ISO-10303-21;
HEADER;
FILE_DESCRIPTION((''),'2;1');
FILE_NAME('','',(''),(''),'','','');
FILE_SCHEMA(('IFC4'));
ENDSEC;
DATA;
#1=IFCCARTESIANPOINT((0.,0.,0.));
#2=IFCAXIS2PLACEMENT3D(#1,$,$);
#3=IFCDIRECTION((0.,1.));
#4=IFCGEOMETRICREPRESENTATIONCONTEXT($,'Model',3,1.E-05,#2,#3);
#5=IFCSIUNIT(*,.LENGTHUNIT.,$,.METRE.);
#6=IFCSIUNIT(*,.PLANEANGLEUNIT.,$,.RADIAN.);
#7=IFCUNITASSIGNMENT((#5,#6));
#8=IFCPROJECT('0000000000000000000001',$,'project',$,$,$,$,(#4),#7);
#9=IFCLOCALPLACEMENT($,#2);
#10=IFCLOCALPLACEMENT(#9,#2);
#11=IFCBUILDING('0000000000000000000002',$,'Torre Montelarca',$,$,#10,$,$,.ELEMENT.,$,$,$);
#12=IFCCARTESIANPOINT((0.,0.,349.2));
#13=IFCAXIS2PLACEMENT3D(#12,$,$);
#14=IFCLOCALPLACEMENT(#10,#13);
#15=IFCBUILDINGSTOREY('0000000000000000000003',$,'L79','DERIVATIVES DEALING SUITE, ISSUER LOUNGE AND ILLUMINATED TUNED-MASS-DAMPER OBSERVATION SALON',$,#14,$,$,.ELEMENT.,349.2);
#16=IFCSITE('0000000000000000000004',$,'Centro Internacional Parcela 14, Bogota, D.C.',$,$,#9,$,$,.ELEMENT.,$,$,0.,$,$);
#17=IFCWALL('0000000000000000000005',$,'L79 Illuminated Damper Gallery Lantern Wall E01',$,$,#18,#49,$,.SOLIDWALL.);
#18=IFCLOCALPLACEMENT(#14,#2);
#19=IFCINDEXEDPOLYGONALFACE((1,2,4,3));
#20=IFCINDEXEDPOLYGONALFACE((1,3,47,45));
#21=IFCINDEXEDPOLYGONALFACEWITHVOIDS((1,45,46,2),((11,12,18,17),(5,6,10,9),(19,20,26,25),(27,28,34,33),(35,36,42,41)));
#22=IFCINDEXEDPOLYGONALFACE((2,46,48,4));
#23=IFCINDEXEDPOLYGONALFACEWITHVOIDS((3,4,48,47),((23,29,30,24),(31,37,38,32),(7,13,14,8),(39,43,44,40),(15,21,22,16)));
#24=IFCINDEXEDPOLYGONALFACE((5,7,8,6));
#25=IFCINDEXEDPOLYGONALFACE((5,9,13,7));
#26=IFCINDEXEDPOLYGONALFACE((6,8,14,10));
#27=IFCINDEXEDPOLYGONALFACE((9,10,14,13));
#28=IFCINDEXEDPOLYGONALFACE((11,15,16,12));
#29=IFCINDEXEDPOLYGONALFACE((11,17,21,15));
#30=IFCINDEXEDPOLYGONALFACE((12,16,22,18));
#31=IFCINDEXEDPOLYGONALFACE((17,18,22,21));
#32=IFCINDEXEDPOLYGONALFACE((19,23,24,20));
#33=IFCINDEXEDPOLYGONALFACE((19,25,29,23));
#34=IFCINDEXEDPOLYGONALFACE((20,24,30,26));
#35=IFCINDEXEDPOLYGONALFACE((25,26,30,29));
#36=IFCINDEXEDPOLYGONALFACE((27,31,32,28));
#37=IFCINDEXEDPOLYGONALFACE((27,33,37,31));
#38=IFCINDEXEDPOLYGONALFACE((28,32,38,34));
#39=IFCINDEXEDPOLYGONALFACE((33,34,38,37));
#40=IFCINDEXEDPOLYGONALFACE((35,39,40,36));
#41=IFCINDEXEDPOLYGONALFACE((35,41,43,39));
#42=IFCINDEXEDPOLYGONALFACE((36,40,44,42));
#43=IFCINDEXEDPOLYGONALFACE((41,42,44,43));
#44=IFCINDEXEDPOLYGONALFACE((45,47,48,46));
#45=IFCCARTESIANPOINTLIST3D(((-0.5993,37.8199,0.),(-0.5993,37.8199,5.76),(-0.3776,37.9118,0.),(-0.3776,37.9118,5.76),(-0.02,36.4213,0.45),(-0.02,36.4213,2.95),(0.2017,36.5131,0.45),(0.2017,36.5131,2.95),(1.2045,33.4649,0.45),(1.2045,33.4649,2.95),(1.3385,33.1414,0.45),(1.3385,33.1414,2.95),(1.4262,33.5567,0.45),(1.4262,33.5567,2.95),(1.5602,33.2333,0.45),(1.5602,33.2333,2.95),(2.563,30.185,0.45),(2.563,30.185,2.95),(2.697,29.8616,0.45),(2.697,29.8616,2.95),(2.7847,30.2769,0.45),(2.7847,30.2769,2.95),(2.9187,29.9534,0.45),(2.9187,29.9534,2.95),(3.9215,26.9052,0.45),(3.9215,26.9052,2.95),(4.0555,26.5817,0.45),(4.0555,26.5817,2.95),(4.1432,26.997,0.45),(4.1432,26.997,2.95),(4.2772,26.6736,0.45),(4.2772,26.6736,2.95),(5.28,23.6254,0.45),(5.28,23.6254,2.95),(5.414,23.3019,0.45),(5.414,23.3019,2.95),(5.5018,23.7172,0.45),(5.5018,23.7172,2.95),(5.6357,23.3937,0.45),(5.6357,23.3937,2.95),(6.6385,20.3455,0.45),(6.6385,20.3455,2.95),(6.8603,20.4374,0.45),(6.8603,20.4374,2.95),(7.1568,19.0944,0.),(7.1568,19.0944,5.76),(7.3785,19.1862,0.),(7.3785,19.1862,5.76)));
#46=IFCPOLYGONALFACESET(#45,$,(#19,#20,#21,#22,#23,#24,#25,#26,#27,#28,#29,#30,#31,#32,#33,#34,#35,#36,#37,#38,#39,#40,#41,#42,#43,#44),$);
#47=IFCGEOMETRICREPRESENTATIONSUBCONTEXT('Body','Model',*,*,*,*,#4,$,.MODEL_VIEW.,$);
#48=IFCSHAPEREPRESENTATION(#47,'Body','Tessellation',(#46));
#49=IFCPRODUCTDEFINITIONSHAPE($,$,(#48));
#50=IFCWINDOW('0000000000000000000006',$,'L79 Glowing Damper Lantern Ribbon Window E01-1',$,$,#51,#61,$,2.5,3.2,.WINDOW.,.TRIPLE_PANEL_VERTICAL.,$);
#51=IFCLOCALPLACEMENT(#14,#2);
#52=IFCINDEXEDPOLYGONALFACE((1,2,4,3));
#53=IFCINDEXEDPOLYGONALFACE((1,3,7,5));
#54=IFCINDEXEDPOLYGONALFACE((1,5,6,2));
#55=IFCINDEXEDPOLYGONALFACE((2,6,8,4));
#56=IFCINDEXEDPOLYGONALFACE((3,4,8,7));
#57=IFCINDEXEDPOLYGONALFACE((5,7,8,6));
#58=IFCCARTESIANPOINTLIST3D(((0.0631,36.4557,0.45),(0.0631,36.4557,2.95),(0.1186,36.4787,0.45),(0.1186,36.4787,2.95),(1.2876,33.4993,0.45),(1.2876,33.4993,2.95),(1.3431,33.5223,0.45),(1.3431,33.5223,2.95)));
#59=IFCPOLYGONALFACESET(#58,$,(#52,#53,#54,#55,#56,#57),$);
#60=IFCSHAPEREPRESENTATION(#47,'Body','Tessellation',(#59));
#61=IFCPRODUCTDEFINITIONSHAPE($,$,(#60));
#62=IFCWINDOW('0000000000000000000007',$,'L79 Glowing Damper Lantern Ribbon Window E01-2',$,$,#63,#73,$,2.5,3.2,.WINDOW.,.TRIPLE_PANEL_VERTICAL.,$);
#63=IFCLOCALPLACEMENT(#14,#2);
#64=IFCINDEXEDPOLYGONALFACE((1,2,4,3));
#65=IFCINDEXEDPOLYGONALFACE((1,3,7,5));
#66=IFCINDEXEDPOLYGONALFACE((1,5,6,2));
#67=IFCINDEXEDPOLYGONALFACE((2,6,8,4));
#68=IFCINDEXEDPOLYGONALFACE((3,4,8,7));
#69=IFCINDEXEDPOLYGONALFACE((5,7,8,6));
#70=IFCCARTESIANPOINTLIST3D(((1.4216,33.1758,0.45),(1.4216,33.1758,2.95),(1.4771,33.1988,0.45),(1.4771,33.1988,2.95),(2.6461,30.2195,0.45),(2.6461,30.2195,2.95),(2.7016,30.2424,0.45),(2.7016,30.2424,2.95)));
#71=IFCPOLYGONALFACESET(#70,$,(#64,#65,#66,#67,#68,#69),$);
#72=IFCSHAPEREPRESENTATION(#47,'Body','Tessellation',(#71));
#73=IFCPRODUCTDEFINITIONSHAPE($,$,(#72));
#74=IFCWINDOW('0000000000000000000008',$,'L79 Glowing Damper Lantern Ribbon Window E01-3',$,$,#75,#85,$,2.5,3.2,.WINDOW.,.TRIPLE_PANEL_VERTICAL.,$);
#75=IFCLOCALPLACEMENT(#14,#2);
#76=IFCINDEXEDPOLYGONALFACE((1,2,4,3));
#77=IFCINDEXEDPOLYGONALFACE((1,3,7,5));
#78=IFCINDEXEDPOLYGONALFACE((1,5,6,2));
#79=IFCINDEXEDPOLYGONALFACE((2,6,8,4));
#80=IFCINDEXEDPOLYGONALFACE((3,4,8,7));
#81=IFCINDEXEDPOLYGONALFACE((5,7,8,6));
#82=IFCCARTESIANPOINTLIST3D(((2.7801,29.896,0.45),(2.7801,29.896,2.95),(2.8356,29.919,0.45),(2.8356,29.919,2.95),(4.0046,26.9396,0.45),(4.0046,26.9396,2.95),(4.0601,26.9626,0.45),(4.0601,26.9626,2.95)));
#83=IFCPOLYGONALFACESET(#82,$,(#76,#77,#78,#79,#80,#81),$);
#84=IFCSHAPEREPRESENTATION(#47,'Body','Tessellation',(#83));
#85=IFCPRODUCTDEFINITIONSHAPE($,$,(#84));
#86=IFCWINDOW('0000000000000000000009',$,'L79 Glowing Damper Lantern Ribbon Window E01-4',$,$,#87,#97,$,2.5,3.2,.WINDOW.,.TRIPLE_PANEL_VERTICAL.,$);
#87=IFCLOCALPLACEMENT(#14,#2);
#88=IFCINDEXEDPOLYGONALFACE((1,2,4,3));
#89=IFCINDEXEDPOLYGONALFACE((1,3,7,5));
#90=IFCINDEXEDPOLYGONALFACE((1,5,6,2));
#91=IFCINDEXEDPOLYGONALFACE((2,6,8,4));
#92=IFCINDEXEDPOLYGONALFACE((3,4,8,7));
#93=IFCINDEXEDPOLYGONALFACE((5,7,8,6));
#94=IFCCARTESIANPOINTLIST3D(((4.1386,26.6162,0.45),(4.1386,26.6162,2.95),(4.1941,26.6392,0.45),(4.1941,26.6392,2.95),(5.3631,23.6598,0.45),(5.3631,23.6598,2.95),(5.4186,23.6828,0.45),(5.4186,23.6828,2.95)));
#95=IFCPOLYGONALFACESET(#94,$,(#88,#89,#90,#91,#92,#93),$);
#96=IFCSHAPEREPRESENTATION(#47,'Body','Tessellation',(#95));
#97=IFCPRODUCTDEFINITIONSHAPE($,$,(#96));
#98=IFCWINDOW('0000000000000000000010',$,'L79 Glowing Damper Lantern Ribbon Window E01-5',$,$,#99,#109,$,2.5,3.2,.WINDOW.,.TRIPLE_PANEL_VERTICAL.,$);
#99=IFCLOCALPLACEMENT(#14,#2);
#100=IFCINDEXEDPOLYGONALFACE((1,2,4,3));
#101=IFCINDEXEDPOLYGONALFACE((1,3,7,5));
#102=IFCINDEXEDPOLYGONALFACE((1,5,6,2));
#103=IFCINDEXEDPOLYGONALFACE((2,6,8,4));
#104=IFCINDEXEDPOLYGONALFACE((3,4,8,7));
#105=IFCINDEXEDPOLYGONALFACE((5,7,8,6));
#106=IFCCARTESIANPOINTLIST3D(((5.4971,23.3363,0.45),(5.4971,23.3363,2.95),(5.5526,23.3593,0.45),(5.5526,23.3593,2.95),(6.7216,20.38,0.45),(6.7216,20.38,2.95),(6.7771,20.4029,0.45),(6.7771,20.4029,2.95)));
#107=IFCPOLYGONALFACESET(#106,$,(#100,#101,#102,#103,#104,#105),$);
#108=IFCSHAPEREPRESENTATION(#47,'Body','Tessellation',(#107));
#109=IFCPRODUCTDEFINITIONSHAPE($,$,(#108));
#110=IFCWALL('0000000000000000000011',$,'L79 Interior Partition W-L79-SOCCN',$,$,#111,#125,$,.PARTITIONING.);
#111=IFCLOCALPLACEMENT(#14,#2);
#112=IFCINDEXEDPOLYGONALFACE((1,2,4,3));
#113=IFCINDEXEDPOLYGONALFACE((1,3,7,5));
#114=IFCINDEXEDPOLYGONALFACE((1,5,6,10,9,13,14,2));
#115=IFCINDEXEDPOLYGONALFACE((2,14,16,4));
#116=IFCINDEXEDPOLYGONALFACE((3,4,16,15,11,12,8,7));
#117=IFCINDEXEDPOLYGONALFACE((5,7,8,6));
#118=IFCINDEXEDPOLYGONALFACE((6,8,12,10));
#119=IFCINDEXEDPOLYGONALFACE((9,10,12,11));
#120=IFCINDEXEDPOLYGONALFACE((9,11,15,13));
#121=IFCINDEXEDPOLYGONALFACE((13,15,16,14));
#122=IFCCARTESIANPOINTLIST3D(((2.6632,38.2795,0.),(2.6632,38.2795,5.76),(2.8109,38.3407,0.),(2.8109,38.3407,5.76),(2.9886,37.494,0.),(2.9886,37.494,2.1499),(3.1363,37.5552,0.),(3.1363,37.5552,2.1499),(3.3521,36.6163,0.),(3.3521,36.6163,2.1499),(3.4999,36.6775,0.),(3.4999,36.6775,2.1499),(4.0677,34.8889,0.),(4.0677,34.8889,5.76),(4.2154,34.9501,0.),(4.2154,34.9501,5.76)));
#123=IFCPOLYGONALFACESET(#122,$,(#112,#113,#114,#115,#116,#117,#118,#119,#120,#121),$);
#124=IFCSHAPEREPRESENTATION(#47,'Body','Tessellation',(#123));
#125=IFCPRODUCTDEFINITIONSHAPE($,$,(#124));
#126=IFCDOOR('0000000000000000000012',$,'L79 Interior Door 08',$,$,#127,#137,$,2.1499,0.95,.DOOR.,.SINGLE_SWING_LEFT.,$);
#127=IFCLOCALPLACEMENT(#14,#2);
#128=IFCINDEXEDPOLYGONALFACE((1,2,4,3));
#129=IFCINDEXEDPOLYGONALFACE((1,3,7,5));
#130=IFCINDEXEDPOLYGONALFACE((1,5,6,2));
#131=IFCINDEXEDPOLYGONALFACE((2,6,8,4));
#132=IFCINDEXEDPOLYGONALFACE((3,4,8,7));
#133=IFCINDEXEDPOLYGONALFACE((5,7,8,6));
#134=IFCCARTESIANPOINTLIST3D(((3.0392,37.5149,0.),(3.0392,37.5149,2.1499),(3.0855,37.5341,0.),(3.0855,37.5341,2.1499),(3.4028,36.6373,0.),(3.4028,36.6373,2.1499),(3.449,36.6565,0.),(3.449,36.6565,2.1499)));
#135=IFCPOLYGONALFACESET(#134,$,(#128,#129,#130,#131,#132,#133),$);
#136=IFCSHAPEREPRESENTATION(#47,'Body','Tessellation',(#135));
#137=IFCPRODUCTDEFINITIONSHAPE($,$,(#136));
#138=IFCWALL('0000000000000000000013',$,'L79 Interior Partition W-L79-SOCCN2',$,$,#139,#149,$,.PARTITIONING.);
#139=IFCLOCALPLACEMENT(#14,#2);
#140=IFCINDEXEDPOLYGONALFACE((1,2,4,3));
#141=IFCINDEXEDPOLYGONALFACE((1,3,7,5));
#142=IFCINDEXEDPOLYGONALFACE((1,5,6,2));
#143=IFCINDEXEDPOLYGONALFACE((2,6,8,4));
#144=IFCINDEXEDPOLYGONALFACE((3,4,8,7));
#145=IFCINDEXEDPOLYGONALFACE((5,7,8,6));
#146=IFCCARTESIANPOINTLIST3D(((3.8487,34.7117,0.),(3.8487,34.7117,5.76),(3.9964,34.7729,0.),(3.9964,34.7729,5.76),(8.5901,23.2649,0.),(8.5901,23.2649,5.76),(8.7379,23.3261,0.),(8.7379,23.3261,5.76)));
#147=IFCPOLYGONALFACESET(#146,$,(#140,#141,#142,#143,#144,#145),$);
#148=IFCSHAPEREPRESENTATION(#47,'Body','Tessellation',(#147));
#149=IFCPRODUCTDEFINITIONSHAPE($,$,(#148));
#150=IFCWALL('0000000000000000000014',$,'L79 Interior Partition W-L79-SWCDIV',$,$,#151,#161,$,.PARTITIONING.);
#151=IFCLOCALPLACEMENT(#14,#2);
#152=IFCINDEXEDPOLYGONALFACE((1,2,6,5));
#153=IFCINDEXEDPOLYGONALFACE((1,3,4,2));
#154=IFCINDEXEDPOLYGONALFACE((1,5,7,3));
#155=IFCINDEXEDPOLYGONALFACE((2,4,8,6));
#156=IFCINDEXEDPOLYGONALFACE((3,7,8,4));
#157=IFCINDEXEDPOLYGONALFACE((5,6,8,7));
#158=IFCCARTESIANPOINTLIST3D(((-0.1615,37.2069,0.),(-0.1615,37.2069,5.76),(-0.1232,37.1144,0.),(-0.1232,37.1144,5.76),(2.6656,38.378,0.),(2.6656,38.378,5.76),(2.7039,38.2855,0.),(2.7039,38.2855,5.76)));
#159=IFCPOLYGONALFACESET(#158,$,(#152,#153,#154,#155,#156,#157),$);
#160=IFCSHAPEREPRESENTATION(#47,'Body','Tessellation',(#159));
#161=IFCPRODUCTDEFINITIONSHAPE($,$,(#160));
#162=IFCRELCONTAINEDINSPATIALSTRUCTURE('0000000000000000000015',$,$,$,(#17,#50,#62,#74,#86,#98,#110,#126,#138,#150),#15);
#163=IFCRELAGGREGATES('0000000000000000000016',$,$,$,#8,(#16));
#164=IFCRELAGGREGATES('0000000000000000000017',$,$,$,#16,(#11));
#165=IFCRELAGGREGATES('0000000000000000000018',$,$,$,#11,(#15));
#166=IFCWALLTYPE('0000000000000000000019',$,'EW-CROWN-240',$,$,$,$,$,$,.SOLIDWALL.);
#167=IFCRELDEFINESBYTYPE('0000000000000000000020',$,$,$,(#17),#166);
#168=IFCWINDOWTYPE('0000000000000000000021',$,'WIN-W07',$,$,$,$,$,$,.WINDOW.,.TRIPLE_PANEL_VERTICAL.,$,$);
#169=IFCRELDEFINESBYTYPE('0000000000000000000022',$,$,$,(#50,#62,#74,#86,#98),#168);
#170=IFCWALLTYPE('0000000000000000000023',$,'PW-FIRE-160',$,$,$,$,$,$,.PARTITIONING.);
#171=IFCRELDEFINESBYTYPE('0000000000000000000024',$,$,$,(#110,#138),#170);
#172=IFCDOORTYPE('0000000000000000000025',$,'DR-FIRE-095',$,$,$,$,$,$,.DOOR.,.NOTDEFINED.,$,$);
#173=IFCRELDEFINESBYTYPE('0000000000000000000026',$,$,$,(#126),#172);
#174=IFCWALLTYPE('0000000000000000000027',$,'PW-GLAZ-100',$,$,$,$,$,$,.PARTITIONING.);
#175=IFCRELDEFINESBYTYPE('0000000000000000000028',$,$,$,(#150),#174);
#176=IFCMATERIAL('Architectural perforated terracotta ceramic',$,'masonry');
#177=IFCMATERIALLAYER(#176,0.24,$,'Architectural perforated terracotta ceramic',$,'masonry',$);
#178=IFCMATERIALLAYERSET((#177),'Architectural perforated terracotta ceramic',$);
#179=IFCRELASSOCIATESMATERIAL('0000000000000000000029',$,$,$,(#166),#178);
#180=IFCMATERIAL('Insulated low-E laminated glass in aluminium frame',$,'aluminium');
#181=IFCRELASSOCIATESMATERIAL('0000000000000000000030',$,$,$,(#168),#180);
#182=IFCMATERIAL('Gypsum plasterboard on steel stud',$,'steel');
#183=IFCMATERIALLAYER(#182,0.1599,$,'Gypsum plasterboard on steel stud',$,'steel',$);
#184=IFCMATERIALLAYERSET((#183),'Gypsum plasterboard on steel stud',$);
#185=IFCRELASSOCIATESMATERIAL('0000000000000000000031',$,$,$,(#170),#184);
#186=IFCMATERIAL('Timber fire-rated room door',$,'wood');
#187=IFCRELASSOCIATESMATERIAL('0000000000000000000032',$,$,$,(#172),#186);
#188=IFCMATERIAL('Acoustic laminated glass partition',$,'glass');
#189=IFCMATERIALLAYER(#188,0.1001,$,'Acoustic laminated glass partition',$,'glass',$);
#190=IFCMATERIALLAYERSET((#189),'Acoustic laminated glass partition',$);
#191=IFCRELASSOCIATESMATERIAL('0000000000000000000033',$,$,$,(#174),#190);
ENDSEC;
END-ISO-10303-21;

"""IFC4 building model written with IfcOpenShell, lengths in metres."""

from ifc_helpers import new_model, si_unit, direction, frame, frame_2d, origin, place, context, subcontext, project, spatial, rectangle, extrude, source, transform, mapped, material, layer, layer_set, type_object, element, fill, save


model = new_model("IFC4")

# Units and contexts
model_context = context("Model", 3, precision=1e-05, world=origin(), true_north=direction((0.0, 1.0)))
body_context = subcontext(model_context, "Body", "Model", "MODEL_VIEW")
ifc_project = project(units=[si_unit("LENGTHUNIT", "METRE"), si_unit("PLANEANGLEUNIT", "RADIAN")], contexts=[model_context])

# Site, building, storey
site_placement = place(None, origin())
site = spatial("IfcSite", under=ifc_project, at=site_placement, Name="Centro Internacional Parcela 14, Bogota, D.C.", CompositionType="ELEMENT", RefElevation=0.0)
building_placement = place(site_placement, origin())
building = spatial("IfcBuilding", under=site, at=building_placement, Name="Torre Montelarca", CompositionType="ELEMENT")
storey_placement = place(building_placement, frame((0.0, 0.0, 349.2)))
storey = spatial("IfcBuildingStorey", under=building, at=storey_placement, Name="L79", Description="DERIVATIVES DEALING SUITE, ISSUER LOUNGE AND ILLUMINATED TUNED-MASS-DAMPER OBSERVATION SALON", CompositionType="ELEMENT", Elevation=349.2)

# Wall, openings, windows
ifc_material_1 = material(Name="Architectural perforated terracotta ceramic", Category="masonry")
ifc_layer_1 = layer(ifc_material_1, 0.24, Name="Architectural perforated terracotta ceramic", Category="masonry")
ifc_layer_set_1 = layer_set([ifc_layer_1], Name="Architectural perforated terracotta ceramic")
wall_type_1 = type_object("IfcWallType", Name="EW-CROWN-240", PredefinedType="SOLIDWALL", material=ifc_layer_set_1)
wall_1_placement = place(storey_placement, frame((-0.4885, 37.866, 0.0), z_axis=(0.0, 0.0, 1.0), x_axis=(0.382671, -0.923885, 0.0)))
wall_1 = element("IfcWall", 1, at=wall_1_placement, inside=storey, type_object=wall_type_1, Name="L79 Illuminated Damper Gallery Lantern Wall E01", PredefinedType="SOLIDWALL", context=body_context, shape_type="SweptSolid", body=[
    extrude(rectangle(XDim=20.2683, YDim=0.24, at=frame_2d((10.1343, 0.0))), origin(), (0.0, 0.0, 1.0), 5.76),
])
opening_1_placement = place(wall_1_placement, frame((1.5139, 0.0, 0.45)))
opening_1 = element("IfcOpeningElement", 2, at=opening_1_placement, cuts=wall_1, PredefinedType="OPENING", context=body_context, shape_type="SweptSolid", body=[
    extrude(rectangle(XDim=3.2, YDim=2.5, at=frame_2d((1.6001, 1.25))), frame((0.0, 0.1299, 0.0), z_axis=(0.0, -1.0, 0.0), x_axis=(1.0, 0.0, 0.0)), (0.0, 0.0, 1.0), 0.26),
])
opening_2_placement = place(wall_1_placement, frame((5.064, 0.0, 0.45)))
opening_2 = element("IfcOpeningElement", 3, at=opening_2_placement, cuts=wall_1, PredefinedType="OPENING", context=body_context, shape_type="SweptSolid", body=[
    extrude(rectangle(XDim=3.2, YDim=2.5, at=frame_2d((1.6001, 1.25))), frame((0.0, 0.1299, 0.0), z_axis=(0.0, -1.0, 0.0), x_axis=(1.0, 0.0, 0.0)), (0.0, 0.0, 1.0), 0.26),
])
opening_3_placement = place(wall_1_placement, frame((8.614, 0.0, 0.45)))
opening_3 = element("IfcOpeningElement", 4, at=opening_3_placement, cuts=wall_1, PredefinedType="OPENING", context=body_context, shape_type="SweptSolid", body=[
    extrude(rectangle(XDim=3.2, YDim=2.5, at=frame_2d((1.6001, 1.25))), frame((0.0, 0.1299, 0.0), z_axis=(0.0, -1.0, 0.0), x_axis=(1.0, 0.0, 0.0)), (0.0, 0.0, 1.0), 0.26),
])
opening_4_placement = place(wall_1_placement, frame((12.1641, 0.0, 0.45)))
opening_4 = element("IfcOpeningElement", 5, at=opening_4_placement, cuts=wall_1, PredefinedType="OPENING", context=body_context, shape_type="SweptSolid", body=[
    extrude(rectangle(XDim=3.2, YDim=2.5, at=frame_2d((1.6001, 1.25))), frame((0.0, 0.1299, 0.0), z_axis=(0.0, -1.0, 0.0), x_axis=(1.0, 0.0, 0.0)), (0.0, 0.0, 1.0), 0.26),
])
opening_5_placement = place(wall_1_placement, frame((15.7141, 0.0, 0.45)))
opening_5 = element("IfcOpeningElement", 6, at=opening_5_placement, cuts=wall_1, PredefinedType="OPENING", context=body_context, shape_type="SweptSolid", body=[
    extrude(rectangle(XDim=3.2, YDim=2.5, at=frame_2d((1.6001, 1.25))), frame((0.0, 0.1299, 0.0), z_axis=(0.0, -1.0, 0.0), x_axis=(1.0, 0.0, 0.0)), (0.0, 0.0, 1.0), 0.26),
])
ifc_material_2 = material(Name="Insulated low-E laminated glass in aluminium frame", Category="aluminium")
window_type = type_object("IfcWindowType", Name="WIN-W07", PartitioningType="TRIPLE_PANEL_VERTICAL", PredefinedType="WINDOW", material=ifc_material_2)
shared_shape_1 = source(origin(), body_context, "Body", "SweptSolid", [
    extrude(rectangle(XDim=3.2, YDim=2.5, at=frame_2d((1.6001, 1.25))), frame((0.0, 0.03, 0.0), z_axis=(0.0, -1.0, 0.0), x_axis=(1.0, 0.0, 0.0)), (0.0, 0.0, 1.0), 0.0601),
])
window_1_placement = place(opening_1_placement, origin())
window_1 = element("IfcWindow", 7, at=window_1_placement, inside=storey, type_object=window_type, Name="L79 Glowing Damper Lantern Ribbon Window E01-1", OverallHeight=2.5, OverallWidth=3.2, PartitioningType="TRIPLE_PANEL_VERTICAL", PredefinedType="WINDOW", context=body_context, shape_type="MappedRepresentation", body=[
    mapped(shared_shape_1, transform((0.0, 0.0, 0.0), scale=1.0)),
])
fill(opening_1, window_1)
window_2_placement = place(opening_2_placement, origin())
window_2 = element("IfcWindow", 8, at=window_2_placement, inside=storey, type_object=window_type, Name="L79 Glowing Damper Lantern Ribbon Window E01-2", OverallHeight=2.5, OverallWidth=3.2, PartitioningType="TRIPLE_PANEL_VERTICAL", PredefinedType="WINDOW", context=body_context, shape_type="MappedRepresentation", body=[
    mapped(shared_shape_1, transform((0.0, 0.0, 0.0), scale=1.0)),
])
fill(opening_2, window_2)
window_3_placement = place(opening_3_placement, origin())
window_3 = element("IfcWindow", 9, at=window_3_placement, inside=storey, type_object=window_type, Name="L79 Glowing Damper Lantern Ribbon Window E01-3", OverallHeight=2.5, OverallWidth=3.2, PartitioningType="TRIPLE_PANEL_VERTICAL", PredefinedType="WINDOW", context=body_context, shape_type="MappedRepresentation", body=[
    mapped(shared_shape_1, transform((0.0, 0.0, 0.0), scale=1.0)),
])
fill(opening_3, window_3)
window_4_placement = place(opening_4_placement, origin())
window_4 = element("IfcWindow", 10, at=window_4_placement, inside=storey, type_object=window_type, Name="L79 Glowing Damper Lantern Ribbon Window E01-4", OverallHeight=2.5, OverallWidth=3.2, PartitioningType="TRIPLE_PANEL_VERTICAL", PredefinedType="WINDOW", context=body_context, shape_type="MappedRepresentation", body=[
    mapped(shared_shape_1, transform((0.0, 0.0, 0.0), scale=1.0)),
])
fill(opening_4, window_4)
window_5_placement = place(opening_5_placement, origin())
window_5 = element("IfcWindow", 11, at=window_5_placement, inside=storey, type_object=window_type, Name="L79 Glowing Damper Lantern Ribbon Window E01-5", OverallHeight=2.5, OverallWidth=3.2, PartitioningType="TRIPLE_PANEL_VERTICAL", PredefinedType="WINDOW", context=body_context, shape_type="MappedRepresentation", body=[
    mapped(shared_shape_1, transform((0.0, 0.0, 0.0), scale=1.0)),
])
fill(opening_5, window_5)

# Wall, opening, door
ifc_material_3 = material(Name="Gypsum plasterboard on steel stud", Category="steel")
ifc_layer_2 = layer(ifc_material_3, 0.1599, Name="Gypsum plasterboard on steel stud", Category="steel")
ifc_layer_set_2 = layer_set([ifc_layer_2], Name="Gypsum plasterboard on steel stud")
wall_type_2 = type_object("IfcWallType", Name="PW-FIRE-160", PredefinedType="PARTITIONING", material=ifc_layer_set_2)
wall_2_placement = place(storey_placement, frame((2.7371, 38.3101, 0.0), z_axis=(0.0, 0.0, 1.0), x_axis=(0.382706, -0.92387, 0.0)))
wall_2 = element("IfcWall", 12, at=wall_2_placement, inside=storey, type_object=wall_type_2, Name="L79 Interior Partition W-L79-SOCCN", PredefinedType="PARTITIONING", context=body_context, shape_type="SweptSolid", body=[
    extrude(rectangle(XDim=3.6699, YDim=0.1599, at=frame_2d((1.835, 0.0))), origin(), (0.0, 0.0, 1.0), 5.76),
])
opening_6_placement = place(wall_2_placement, frame((0.8501, 0.0, 0.0)))
opening_6 = element("IfcOpeningElement", 13, at=opening_6_placement, cuts=wall_2, PredefinedType="OPENING", context=body_context, shape_type="SweptSolid", body=[
    extrude(rectangle(XDim=0.95, YDim=2.1499, at=frame_2d((0.4751, 1.075))), frame((0.0, 0.0898, 0.0), z_axis=(0.0, -1.0, 0.0), x_axis=(1.0, 0.0, 0.0)), (0.0, 0.0, 1.0), 0.1799),
])
ifc_material_4 = material(Name="Timber fire-rated room door", Category="wood")
door_type = type_object("IfcDoorType", Name="DR-FIRE-095", OperationType="NOTDEFINED", PredefinedType="DOOR", material=ifc_material_4)
shared_shape_2 = source(origin(), body_context, "Body", "SweptSolid", [
    extrude(rectangle(XDim=0.95, YDim=2.1499, at=frame_2d((0.4751, 1.075))), frame((0.0, 0.0249, 0.0), z_axis=(0.0, -1.0, 0.0), x_axis=(1.0, 0.0, 0.0)), (0.0, 0.0, 1.0), 0.05),
])
door_placement = place(opening_6_placement, origin())
door = element("IfcDoor", 14, at=door_placement, inside=storey, type_object=door_type, Name="L79 Interior Door 08", OperationType="SINGLE_SWING_LEFT", OverallHeight=2.1499, OverallWidth=0.95, PredefinedType="DOOR", context=body_context, shape_type="MappedRepresentation", body=[
    mapped(shared_shape_2, transform((0.0, 0.0, 0.0), scale=1.0)),
])
fill(opening_6, door)

# Walls
wall_3_placement = place(storey_placement, frame((3.9226, 34.7422, 0.0), z_axis=(0.0, 0.0, 1.0), x_axis=(0.382687, -0.923878, 0.0)))
element("IfcWall", 15, at=wall_3_placement, inside=storey, type_object=wall_type_2, Name="L79 Interior Partition W-L79-SOCCN2", PredefinedType="PARTITIONING", context=body_context, shape_type="SweptSolid", body=[
    extrude(rectangle(XDim=12.3899, YDim=0.1599, at=frame_2d((6.1948, 0.0))), origin(), (0.0, 0.0, 1.0), 5.76),
])
ifc_material_5 = material(Name="Acoustic laminated glass partition", Category="glass")
ifc_layer_3 = layer(ifc_material_5, 0.1001, Name="Acoustic laminated glass partition", Category="glass")
ifc_layer_set_3 = layer_set([ifc_layer_3], Name="Acoustic laminated glass partition")
wall_type_3 = type_object("IfcWallType", Name="PW-GLAZ-100", PredefinedType="PARTITIONING", material=ifc_layer_set_3)
wall_4_placement = place(storey_placement, frame((-0.1423, 37.1606, 0.0), z_axis=(0.0, 0.0, 1.0), x_axis=(0.923868, 0.382711, 0.0)))
element("IfcWall", 16, at=wall_4_placement, inside=storey, type_object=wall_type_3, Name="L79 Interior Partition W-L79-SWCDIV", PredefinedType="PARTITIONING", context=body_context, shape_type="SweptSolid", body=[
    extrude(rectangle(XDim=3.0601, YDim=0.1001, at=frame_2d((1.53, 0.0))), origin(), (0.0, 0.0, 1.0), 5.76),
])

save(model, "model.ifc")
